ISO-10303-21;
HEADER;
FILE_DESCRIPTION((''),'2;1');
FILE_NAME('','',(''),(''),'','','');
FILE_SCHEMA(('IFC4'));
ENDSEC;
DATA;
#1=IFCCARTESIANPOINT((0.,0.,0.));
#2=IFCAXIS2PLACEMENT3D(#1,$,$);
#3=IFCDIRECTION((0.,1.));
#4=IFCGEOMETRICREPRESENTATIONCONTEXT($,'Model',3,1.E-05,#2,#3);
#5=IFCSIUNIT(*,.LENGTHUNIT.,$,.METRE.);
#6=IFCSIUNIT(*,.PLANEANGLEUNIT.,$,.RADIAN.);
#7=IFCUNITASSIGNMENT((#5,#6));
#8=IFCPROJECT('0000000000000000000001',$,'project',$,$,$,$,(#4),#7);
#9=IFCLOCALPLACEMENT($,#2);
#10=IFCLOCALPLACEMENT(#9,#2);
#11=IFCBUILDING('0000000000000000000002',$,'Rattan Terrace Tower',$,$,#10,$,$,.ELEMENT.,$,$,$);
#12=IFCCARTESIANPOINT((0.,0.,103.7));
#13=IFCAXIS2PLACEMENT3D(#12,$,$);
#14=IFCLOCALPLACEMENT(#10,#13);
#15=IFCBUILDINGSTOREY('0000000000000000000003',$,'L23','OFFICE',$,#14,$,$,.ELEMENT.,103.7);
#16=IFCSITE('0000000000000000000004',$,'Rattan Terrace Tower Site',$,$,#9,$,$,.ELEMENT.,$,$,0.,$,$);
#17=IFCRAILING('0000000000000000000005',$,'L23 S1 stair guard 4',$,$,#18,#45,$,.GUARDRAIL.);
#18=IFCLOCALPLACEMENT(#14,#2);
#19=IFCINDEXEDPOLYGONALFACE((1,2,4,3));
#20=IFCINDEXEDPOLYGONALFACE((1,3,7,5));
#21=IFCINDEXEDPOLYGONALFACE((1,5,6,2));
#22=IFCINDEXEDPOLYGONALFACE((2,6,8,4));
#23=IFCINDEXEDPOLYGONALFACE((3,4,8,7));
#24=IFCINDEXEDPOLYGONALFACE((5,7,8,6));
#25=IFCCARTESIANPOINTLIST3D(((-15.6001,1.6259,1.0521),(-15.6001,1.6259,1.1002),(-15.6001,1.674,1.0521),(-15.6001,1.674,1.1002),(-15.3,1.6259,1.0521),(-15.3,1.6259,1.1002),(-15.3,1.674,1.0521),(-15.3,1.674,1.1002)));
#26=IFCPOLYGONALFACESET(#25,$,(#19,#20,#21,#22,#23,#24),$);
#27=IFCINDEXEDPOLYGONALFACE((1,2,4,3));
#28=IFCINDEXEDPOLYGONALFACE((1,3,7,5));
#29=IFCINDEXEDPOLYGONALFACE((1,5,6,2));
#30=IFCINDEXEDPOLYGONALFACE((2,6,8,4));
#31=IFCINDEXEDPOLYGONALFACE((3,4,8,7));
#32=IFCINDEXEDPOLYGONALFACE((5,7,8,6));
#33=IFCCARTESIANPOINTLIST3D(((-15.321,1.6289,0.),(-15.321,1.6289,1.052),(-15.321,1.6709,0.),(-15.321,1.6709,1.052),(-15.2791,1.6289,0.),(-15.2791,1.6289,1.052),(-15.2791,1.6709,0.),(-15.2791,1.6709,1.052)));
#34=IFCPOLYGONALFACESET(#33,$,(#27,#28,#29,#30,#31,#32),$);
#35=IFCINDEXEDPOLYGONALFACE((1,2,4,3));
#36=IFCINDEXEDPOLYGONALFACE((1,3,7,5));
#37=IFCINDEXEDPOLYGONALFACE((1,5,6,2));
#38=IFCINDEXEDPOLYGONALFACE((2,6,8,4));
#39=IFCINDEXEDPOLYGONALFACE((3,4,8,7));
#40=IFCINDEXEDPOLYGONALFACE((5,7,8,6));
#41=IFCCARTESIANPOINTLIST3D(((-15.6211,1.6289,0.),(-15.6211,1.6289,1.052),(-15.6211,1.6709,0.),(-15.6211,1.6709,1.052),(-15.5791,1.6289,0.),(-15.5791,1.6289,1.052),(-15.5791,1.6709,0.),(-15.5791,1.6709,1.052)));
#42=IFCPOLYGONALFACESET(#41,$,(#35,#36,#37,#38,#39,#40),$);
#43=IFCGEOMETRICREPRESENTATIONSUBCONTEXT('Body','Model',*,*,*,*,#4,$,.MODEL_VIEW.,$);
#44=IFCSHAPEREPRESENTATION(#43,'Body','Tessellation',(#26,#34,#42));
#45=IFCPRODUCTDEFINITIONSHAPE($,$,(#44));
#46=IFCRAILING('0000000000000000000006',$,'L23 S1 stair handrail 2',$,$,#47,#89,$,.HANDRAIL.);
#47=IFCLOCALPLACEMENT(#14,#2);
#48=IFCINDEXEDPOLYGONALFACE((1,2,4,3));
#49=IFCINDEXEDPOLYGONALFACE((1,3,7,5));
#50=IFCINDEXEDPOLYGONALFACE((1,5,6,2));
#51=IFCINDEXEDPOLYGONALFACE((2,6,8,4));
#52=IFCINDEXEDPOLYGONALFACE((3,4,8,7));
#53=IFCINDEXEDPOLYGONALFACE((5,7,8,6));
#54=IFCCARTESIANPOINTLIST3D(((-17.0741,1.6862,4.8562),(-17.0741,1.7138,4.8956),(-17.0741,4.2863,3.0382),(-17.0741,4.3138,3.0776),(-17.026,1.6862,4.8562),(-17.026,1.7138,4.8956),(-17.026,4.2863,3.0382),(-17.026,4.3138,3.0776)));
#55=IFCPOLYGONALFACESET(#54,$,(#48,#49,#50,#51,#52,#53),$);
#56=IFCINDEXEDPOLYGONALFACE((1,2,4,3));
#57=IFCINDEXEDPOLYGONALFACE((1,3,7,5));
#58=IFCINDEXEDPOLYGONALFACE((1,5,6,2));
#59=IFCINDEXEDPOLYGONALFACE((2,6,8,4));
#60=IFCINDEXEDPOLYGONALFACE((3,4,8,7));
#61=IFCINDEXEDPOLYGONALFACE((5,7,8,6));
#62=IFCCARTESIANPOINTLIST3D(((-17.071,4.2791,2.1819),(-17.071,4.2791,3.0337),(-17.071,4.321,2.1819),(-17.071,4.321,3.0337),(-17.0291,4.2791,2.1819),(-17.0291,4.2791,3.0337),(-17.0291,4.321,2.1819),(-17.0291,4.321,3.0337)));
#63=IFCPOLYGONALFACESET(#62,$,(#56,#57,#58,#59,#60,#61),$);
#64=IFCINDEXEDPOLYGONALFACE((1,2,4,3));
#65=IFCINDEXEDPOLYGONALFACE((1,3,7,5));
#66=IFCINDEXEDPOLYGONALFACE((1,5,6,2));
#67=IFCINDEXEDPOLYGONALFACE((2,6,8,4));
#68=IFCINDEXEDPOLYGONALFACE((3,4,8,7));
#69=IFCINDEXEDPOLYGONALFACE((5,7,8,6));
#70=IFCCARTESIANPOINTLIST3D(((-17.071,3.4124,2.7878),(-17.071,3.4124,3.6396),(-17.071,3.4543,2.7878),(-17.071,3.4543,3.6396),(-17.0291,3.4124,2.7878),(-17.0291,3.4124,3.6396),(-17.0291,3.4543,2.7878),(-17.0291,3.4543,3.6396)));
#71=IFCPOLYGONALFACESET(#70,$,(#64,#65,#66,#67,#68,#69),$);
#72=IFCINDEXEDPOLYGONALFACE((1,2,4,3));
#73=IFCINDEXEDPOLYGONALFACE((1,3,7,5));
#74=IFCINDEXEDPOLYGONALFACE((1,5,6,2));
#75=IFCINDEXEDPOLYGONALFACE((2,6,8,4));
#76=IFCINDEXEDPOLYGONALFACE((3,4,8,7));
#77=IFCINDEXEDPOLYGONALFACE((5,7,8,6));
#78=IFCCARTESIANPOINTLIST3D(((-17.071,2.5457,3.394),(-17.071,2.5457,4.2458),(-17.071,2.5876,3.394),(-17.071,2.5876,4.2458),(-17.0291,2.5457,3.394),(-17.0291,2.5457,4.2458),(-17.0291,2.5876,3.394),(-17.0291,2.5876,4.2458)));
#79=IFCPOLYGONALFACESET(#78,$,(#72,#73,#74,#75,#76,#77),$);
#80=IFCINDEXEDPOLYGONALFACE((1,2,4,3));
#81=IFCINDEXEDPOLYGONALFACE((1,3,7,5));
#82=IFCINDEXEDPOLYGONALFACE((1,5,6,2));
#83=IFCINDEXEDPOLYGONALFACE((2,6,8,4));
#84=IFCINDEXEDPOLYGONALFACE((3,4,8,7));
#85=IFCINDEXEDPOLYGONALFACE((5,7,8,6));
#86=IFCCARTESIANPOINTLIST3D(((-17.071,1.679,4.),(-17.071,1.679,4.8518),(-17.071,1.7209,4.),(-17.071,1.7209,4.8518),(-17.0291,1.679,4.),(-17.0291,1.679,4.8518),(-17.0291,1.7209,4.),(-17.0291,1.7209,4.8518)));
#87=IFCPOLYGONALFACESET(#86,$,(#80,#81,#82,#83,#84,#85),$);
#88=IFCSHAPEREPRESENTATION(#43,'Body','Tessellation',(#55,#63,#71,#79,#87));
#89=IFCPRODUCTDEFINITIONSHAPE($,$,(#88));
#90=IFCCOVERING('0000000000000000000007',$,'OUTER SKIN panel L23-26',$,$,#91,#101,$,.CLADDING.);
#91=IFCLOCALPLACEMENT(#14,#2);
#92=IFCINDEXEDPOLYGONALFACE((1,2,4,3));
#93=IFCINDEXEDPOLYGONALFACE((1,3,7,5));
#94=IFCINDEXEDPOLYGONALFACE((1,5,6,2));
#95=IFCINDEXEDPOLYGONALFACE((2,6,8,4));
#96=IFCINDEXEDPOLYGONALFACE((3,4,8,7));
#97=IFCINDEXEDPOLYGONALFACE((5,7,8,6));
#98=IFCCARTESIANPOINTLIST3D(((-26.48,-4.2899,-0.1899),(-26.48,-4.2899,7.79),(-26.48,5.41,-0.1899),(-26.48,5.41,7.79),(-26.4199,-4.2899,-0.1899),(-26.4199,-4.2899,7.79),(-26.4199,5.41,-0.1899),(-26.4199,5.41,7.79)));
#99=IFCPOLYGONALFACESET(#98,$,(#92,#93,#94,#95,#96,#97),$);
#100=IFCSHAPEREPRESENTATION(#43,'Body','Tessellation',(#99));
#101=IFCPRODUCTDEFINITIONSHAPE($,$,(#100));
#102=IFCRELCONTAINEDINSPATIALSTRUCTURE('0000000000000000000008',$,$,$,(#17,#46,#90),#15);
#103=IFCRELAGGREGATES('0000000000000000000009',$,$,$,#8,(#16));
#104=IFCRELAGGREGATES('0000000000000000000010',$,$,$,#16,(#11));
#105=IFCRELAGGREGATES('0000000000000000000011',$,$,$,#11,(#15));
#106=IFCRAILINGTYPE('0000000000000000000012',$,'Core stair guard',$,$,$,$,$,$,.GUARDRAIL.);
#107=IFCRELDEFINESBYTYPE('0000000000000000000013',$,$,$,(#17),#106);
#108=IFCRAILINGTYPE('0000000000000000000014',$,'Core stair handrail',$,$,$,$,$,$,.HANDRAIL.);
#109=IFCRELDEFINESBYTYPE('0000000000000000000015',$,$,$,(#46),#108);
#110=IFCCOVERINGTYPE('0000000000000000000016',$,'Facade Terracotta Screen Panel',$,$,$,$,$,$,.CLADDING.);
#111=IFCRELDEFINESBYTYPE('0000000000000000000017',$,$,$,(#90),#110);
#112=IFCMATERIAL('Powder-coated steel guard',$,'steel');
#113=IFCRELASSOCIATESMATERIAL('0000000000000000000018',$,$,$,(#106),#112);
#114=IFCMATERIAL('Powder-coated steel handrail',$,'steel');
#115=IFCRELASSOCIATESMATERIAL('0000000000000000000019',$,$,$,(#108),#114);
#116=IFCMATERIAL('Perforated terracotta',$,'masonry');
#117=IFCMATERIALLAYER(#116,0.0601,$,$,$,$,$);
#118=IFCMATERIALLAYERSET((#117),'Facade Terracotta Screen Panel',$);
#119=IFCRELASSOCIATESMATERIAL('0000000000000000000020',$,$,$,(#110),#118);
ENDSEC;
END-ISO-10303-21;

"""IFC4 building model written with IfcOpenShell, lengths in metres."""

from ifc_helpers import new_model, si_unit, direction, frame, origin, origin_2d, place, context, subcontext, project, spatial, rectangle, extrude, material, layer, layer_set, type_object, element, save


model = new_model("IFC4")

# Units and contexts
model_context = context("Model", 3, precision=1e-05, world=origin(), true_north=direction((0.0, 1.0)))
body_context = subcontext(model_context, "Body", "Model", "MODEL_VIEW")
ifc_project = project(units=[si_unit("LENGTHUNIT", "METRE"), si_unit("PLANEANGLEUNIT", "RADIAN")], contexts=[model_context])

# Site, building, storey
site_placement = place(None, origin())
site = spatial("IfcSite", under=ifc_project, at=site_placement, Name="Rattan Terrace Tower Site", CompositionType="ELEMENT", RefElevation=0.0)
building_placement = place(site_placement, origin())
building = spatial("IfcBuilding", under=site, at=building_placement, Name="Rattan Terrace Tower", CompositionType="ELEMENT")
storey_placement = place(building_placement, frame((0.0, 0.0, 103.7)))
storey = spatial("IfcBuildingStorey", under=building, at=storey_placement, Name="L23", Description="OFFICE", CompositionType="ELEMENT", Elevation=103.7)

# Railings
ifc_material_1 = material(Name="Powder-coated steel guard", Category="steel")
railing_type_1 = type_object("IfcRailingType", Name="Core stair guard", PredefinedType="GUARDRAIL", material=ifc_material_1)
railing_1_placement = place(storey_placement, frame((-15.3, 1.6499, 0.0)))
element("IfcRailing", 1, at=railing_1_placement, inside=storey, type_object=railing_type_1, Name="L23 S1 stair guard 4", PredefinedType="GUARDRAIL", context=body_context, shape_type="SweptSolid", body=[
    extrude(rectangle(XDim=0.0481, YDim=0.0481, at=origin_2d()), frame((0.0, 0.0, 1.0762), z_axis=(-1.0, 0.0, 0.0), x_axis=(0.0, -1.0, 0.0)), (0.0, 0.0, 1.0), 0.3),
    extrude(rectangle(XDim=0.042, YDim=0.042, at=origin_2d()), origin(), (0.0, 0.0, 1.0), 1.052),
    extrude(rectangle(XDim=0.042, YDim=0.042, at=origin_2d()), frame((-0.3, 0.0, 0.0)), (0.0, 0.0, 1.0), 1.052),
])
ifc_material_2 = material(Name="Powder-coated steel handrail", Category="steel")
railing_type_2 = type_object("IfcRailingType", Name="Core stair handrail", PredefinedType="HANDRAIL", material=ifc_material_2)
railing_2_placement = place(storey_placement, frame((-17.05, 4.3, 2.1819)))
element("IfcRailing", 2, at=railing_2_placement, inside=storey, type_object=railing_type_2, Name="L23 S1 stair handrail 2", PredefinedType="HANDRAIL", context=body_context, shape_type="SweptSolid", body=[
    extrude(rectangle(XDim=0.0481, YDim=0.0481, at=origin_2d()), frame((0.0, 0.0, 0.876), z_axis=(0.0, -0.819521, 0.573049), x_axis=(1.0, 0.0, 0.0)), (0.0, 0.0, 1.0), 3.1726),
    extrude(rectangle(XDim=0.042, YDim=0.042, at=origin_2d()), origin(), (0.0, 0.0, 1.0), 0.8518),
    extrude(rectangle(XDim=0.042, YDim=0.042, at=origin_2d()), frame((0.0, -0.8667, 0.606)), (0.0, 0.0, 1.0), 0.8518),
    extrude(rectangle(XDim=0.042, YDim=0.042, at=origin_2d()), frame((0.0, -1.7334, 1.2122)), (0.0, 0.0, 1.0), 0.8518),
    extrude(rectangle(XDim=0.042, YDim=0.042, at=origin_2d()), frame((0.0, -2.6001, 1.8181)), (0.0, 0.0, 1.0), 0.8518),
])

# Covering
ifc_material_3 = material(Name="Perforated terracotta", Category="masonry")
ifc_layer_1 = layer(ifc_material_3, 0.0601)
ifc_layer_set_1 = layer_set([ifc_layer_1], Name="Facade Terracotta Screen Panel")
covering_type = type_object("IfcCoveringType", Name="Facade Terracotta Screen Panel", PredefinedType="CLADDING", material=ifc_layer_set_1)
covering_placement = place(storey_placement, frame((-26.45, 0.5601, -0.1899), z_axis=(0.0, 0.0, 1.0), x_axis=(0.0, -1.0, 0.0)))
element("IfcCovering", 3, at=covering_placement, inside=storey, type_object=covering_type, Name="OUTER SKIN panel L23-26", PredefinedType="CLADDING", context=body_context, shape_type="SweptSolid", body=[
    extrude(rectangle(XDim=9.7, YDim=0.0601, at=origin_2d()), origin(), (0.0, 0.0, 1.0), 7.98),
])

save(model, "model.ifc")
